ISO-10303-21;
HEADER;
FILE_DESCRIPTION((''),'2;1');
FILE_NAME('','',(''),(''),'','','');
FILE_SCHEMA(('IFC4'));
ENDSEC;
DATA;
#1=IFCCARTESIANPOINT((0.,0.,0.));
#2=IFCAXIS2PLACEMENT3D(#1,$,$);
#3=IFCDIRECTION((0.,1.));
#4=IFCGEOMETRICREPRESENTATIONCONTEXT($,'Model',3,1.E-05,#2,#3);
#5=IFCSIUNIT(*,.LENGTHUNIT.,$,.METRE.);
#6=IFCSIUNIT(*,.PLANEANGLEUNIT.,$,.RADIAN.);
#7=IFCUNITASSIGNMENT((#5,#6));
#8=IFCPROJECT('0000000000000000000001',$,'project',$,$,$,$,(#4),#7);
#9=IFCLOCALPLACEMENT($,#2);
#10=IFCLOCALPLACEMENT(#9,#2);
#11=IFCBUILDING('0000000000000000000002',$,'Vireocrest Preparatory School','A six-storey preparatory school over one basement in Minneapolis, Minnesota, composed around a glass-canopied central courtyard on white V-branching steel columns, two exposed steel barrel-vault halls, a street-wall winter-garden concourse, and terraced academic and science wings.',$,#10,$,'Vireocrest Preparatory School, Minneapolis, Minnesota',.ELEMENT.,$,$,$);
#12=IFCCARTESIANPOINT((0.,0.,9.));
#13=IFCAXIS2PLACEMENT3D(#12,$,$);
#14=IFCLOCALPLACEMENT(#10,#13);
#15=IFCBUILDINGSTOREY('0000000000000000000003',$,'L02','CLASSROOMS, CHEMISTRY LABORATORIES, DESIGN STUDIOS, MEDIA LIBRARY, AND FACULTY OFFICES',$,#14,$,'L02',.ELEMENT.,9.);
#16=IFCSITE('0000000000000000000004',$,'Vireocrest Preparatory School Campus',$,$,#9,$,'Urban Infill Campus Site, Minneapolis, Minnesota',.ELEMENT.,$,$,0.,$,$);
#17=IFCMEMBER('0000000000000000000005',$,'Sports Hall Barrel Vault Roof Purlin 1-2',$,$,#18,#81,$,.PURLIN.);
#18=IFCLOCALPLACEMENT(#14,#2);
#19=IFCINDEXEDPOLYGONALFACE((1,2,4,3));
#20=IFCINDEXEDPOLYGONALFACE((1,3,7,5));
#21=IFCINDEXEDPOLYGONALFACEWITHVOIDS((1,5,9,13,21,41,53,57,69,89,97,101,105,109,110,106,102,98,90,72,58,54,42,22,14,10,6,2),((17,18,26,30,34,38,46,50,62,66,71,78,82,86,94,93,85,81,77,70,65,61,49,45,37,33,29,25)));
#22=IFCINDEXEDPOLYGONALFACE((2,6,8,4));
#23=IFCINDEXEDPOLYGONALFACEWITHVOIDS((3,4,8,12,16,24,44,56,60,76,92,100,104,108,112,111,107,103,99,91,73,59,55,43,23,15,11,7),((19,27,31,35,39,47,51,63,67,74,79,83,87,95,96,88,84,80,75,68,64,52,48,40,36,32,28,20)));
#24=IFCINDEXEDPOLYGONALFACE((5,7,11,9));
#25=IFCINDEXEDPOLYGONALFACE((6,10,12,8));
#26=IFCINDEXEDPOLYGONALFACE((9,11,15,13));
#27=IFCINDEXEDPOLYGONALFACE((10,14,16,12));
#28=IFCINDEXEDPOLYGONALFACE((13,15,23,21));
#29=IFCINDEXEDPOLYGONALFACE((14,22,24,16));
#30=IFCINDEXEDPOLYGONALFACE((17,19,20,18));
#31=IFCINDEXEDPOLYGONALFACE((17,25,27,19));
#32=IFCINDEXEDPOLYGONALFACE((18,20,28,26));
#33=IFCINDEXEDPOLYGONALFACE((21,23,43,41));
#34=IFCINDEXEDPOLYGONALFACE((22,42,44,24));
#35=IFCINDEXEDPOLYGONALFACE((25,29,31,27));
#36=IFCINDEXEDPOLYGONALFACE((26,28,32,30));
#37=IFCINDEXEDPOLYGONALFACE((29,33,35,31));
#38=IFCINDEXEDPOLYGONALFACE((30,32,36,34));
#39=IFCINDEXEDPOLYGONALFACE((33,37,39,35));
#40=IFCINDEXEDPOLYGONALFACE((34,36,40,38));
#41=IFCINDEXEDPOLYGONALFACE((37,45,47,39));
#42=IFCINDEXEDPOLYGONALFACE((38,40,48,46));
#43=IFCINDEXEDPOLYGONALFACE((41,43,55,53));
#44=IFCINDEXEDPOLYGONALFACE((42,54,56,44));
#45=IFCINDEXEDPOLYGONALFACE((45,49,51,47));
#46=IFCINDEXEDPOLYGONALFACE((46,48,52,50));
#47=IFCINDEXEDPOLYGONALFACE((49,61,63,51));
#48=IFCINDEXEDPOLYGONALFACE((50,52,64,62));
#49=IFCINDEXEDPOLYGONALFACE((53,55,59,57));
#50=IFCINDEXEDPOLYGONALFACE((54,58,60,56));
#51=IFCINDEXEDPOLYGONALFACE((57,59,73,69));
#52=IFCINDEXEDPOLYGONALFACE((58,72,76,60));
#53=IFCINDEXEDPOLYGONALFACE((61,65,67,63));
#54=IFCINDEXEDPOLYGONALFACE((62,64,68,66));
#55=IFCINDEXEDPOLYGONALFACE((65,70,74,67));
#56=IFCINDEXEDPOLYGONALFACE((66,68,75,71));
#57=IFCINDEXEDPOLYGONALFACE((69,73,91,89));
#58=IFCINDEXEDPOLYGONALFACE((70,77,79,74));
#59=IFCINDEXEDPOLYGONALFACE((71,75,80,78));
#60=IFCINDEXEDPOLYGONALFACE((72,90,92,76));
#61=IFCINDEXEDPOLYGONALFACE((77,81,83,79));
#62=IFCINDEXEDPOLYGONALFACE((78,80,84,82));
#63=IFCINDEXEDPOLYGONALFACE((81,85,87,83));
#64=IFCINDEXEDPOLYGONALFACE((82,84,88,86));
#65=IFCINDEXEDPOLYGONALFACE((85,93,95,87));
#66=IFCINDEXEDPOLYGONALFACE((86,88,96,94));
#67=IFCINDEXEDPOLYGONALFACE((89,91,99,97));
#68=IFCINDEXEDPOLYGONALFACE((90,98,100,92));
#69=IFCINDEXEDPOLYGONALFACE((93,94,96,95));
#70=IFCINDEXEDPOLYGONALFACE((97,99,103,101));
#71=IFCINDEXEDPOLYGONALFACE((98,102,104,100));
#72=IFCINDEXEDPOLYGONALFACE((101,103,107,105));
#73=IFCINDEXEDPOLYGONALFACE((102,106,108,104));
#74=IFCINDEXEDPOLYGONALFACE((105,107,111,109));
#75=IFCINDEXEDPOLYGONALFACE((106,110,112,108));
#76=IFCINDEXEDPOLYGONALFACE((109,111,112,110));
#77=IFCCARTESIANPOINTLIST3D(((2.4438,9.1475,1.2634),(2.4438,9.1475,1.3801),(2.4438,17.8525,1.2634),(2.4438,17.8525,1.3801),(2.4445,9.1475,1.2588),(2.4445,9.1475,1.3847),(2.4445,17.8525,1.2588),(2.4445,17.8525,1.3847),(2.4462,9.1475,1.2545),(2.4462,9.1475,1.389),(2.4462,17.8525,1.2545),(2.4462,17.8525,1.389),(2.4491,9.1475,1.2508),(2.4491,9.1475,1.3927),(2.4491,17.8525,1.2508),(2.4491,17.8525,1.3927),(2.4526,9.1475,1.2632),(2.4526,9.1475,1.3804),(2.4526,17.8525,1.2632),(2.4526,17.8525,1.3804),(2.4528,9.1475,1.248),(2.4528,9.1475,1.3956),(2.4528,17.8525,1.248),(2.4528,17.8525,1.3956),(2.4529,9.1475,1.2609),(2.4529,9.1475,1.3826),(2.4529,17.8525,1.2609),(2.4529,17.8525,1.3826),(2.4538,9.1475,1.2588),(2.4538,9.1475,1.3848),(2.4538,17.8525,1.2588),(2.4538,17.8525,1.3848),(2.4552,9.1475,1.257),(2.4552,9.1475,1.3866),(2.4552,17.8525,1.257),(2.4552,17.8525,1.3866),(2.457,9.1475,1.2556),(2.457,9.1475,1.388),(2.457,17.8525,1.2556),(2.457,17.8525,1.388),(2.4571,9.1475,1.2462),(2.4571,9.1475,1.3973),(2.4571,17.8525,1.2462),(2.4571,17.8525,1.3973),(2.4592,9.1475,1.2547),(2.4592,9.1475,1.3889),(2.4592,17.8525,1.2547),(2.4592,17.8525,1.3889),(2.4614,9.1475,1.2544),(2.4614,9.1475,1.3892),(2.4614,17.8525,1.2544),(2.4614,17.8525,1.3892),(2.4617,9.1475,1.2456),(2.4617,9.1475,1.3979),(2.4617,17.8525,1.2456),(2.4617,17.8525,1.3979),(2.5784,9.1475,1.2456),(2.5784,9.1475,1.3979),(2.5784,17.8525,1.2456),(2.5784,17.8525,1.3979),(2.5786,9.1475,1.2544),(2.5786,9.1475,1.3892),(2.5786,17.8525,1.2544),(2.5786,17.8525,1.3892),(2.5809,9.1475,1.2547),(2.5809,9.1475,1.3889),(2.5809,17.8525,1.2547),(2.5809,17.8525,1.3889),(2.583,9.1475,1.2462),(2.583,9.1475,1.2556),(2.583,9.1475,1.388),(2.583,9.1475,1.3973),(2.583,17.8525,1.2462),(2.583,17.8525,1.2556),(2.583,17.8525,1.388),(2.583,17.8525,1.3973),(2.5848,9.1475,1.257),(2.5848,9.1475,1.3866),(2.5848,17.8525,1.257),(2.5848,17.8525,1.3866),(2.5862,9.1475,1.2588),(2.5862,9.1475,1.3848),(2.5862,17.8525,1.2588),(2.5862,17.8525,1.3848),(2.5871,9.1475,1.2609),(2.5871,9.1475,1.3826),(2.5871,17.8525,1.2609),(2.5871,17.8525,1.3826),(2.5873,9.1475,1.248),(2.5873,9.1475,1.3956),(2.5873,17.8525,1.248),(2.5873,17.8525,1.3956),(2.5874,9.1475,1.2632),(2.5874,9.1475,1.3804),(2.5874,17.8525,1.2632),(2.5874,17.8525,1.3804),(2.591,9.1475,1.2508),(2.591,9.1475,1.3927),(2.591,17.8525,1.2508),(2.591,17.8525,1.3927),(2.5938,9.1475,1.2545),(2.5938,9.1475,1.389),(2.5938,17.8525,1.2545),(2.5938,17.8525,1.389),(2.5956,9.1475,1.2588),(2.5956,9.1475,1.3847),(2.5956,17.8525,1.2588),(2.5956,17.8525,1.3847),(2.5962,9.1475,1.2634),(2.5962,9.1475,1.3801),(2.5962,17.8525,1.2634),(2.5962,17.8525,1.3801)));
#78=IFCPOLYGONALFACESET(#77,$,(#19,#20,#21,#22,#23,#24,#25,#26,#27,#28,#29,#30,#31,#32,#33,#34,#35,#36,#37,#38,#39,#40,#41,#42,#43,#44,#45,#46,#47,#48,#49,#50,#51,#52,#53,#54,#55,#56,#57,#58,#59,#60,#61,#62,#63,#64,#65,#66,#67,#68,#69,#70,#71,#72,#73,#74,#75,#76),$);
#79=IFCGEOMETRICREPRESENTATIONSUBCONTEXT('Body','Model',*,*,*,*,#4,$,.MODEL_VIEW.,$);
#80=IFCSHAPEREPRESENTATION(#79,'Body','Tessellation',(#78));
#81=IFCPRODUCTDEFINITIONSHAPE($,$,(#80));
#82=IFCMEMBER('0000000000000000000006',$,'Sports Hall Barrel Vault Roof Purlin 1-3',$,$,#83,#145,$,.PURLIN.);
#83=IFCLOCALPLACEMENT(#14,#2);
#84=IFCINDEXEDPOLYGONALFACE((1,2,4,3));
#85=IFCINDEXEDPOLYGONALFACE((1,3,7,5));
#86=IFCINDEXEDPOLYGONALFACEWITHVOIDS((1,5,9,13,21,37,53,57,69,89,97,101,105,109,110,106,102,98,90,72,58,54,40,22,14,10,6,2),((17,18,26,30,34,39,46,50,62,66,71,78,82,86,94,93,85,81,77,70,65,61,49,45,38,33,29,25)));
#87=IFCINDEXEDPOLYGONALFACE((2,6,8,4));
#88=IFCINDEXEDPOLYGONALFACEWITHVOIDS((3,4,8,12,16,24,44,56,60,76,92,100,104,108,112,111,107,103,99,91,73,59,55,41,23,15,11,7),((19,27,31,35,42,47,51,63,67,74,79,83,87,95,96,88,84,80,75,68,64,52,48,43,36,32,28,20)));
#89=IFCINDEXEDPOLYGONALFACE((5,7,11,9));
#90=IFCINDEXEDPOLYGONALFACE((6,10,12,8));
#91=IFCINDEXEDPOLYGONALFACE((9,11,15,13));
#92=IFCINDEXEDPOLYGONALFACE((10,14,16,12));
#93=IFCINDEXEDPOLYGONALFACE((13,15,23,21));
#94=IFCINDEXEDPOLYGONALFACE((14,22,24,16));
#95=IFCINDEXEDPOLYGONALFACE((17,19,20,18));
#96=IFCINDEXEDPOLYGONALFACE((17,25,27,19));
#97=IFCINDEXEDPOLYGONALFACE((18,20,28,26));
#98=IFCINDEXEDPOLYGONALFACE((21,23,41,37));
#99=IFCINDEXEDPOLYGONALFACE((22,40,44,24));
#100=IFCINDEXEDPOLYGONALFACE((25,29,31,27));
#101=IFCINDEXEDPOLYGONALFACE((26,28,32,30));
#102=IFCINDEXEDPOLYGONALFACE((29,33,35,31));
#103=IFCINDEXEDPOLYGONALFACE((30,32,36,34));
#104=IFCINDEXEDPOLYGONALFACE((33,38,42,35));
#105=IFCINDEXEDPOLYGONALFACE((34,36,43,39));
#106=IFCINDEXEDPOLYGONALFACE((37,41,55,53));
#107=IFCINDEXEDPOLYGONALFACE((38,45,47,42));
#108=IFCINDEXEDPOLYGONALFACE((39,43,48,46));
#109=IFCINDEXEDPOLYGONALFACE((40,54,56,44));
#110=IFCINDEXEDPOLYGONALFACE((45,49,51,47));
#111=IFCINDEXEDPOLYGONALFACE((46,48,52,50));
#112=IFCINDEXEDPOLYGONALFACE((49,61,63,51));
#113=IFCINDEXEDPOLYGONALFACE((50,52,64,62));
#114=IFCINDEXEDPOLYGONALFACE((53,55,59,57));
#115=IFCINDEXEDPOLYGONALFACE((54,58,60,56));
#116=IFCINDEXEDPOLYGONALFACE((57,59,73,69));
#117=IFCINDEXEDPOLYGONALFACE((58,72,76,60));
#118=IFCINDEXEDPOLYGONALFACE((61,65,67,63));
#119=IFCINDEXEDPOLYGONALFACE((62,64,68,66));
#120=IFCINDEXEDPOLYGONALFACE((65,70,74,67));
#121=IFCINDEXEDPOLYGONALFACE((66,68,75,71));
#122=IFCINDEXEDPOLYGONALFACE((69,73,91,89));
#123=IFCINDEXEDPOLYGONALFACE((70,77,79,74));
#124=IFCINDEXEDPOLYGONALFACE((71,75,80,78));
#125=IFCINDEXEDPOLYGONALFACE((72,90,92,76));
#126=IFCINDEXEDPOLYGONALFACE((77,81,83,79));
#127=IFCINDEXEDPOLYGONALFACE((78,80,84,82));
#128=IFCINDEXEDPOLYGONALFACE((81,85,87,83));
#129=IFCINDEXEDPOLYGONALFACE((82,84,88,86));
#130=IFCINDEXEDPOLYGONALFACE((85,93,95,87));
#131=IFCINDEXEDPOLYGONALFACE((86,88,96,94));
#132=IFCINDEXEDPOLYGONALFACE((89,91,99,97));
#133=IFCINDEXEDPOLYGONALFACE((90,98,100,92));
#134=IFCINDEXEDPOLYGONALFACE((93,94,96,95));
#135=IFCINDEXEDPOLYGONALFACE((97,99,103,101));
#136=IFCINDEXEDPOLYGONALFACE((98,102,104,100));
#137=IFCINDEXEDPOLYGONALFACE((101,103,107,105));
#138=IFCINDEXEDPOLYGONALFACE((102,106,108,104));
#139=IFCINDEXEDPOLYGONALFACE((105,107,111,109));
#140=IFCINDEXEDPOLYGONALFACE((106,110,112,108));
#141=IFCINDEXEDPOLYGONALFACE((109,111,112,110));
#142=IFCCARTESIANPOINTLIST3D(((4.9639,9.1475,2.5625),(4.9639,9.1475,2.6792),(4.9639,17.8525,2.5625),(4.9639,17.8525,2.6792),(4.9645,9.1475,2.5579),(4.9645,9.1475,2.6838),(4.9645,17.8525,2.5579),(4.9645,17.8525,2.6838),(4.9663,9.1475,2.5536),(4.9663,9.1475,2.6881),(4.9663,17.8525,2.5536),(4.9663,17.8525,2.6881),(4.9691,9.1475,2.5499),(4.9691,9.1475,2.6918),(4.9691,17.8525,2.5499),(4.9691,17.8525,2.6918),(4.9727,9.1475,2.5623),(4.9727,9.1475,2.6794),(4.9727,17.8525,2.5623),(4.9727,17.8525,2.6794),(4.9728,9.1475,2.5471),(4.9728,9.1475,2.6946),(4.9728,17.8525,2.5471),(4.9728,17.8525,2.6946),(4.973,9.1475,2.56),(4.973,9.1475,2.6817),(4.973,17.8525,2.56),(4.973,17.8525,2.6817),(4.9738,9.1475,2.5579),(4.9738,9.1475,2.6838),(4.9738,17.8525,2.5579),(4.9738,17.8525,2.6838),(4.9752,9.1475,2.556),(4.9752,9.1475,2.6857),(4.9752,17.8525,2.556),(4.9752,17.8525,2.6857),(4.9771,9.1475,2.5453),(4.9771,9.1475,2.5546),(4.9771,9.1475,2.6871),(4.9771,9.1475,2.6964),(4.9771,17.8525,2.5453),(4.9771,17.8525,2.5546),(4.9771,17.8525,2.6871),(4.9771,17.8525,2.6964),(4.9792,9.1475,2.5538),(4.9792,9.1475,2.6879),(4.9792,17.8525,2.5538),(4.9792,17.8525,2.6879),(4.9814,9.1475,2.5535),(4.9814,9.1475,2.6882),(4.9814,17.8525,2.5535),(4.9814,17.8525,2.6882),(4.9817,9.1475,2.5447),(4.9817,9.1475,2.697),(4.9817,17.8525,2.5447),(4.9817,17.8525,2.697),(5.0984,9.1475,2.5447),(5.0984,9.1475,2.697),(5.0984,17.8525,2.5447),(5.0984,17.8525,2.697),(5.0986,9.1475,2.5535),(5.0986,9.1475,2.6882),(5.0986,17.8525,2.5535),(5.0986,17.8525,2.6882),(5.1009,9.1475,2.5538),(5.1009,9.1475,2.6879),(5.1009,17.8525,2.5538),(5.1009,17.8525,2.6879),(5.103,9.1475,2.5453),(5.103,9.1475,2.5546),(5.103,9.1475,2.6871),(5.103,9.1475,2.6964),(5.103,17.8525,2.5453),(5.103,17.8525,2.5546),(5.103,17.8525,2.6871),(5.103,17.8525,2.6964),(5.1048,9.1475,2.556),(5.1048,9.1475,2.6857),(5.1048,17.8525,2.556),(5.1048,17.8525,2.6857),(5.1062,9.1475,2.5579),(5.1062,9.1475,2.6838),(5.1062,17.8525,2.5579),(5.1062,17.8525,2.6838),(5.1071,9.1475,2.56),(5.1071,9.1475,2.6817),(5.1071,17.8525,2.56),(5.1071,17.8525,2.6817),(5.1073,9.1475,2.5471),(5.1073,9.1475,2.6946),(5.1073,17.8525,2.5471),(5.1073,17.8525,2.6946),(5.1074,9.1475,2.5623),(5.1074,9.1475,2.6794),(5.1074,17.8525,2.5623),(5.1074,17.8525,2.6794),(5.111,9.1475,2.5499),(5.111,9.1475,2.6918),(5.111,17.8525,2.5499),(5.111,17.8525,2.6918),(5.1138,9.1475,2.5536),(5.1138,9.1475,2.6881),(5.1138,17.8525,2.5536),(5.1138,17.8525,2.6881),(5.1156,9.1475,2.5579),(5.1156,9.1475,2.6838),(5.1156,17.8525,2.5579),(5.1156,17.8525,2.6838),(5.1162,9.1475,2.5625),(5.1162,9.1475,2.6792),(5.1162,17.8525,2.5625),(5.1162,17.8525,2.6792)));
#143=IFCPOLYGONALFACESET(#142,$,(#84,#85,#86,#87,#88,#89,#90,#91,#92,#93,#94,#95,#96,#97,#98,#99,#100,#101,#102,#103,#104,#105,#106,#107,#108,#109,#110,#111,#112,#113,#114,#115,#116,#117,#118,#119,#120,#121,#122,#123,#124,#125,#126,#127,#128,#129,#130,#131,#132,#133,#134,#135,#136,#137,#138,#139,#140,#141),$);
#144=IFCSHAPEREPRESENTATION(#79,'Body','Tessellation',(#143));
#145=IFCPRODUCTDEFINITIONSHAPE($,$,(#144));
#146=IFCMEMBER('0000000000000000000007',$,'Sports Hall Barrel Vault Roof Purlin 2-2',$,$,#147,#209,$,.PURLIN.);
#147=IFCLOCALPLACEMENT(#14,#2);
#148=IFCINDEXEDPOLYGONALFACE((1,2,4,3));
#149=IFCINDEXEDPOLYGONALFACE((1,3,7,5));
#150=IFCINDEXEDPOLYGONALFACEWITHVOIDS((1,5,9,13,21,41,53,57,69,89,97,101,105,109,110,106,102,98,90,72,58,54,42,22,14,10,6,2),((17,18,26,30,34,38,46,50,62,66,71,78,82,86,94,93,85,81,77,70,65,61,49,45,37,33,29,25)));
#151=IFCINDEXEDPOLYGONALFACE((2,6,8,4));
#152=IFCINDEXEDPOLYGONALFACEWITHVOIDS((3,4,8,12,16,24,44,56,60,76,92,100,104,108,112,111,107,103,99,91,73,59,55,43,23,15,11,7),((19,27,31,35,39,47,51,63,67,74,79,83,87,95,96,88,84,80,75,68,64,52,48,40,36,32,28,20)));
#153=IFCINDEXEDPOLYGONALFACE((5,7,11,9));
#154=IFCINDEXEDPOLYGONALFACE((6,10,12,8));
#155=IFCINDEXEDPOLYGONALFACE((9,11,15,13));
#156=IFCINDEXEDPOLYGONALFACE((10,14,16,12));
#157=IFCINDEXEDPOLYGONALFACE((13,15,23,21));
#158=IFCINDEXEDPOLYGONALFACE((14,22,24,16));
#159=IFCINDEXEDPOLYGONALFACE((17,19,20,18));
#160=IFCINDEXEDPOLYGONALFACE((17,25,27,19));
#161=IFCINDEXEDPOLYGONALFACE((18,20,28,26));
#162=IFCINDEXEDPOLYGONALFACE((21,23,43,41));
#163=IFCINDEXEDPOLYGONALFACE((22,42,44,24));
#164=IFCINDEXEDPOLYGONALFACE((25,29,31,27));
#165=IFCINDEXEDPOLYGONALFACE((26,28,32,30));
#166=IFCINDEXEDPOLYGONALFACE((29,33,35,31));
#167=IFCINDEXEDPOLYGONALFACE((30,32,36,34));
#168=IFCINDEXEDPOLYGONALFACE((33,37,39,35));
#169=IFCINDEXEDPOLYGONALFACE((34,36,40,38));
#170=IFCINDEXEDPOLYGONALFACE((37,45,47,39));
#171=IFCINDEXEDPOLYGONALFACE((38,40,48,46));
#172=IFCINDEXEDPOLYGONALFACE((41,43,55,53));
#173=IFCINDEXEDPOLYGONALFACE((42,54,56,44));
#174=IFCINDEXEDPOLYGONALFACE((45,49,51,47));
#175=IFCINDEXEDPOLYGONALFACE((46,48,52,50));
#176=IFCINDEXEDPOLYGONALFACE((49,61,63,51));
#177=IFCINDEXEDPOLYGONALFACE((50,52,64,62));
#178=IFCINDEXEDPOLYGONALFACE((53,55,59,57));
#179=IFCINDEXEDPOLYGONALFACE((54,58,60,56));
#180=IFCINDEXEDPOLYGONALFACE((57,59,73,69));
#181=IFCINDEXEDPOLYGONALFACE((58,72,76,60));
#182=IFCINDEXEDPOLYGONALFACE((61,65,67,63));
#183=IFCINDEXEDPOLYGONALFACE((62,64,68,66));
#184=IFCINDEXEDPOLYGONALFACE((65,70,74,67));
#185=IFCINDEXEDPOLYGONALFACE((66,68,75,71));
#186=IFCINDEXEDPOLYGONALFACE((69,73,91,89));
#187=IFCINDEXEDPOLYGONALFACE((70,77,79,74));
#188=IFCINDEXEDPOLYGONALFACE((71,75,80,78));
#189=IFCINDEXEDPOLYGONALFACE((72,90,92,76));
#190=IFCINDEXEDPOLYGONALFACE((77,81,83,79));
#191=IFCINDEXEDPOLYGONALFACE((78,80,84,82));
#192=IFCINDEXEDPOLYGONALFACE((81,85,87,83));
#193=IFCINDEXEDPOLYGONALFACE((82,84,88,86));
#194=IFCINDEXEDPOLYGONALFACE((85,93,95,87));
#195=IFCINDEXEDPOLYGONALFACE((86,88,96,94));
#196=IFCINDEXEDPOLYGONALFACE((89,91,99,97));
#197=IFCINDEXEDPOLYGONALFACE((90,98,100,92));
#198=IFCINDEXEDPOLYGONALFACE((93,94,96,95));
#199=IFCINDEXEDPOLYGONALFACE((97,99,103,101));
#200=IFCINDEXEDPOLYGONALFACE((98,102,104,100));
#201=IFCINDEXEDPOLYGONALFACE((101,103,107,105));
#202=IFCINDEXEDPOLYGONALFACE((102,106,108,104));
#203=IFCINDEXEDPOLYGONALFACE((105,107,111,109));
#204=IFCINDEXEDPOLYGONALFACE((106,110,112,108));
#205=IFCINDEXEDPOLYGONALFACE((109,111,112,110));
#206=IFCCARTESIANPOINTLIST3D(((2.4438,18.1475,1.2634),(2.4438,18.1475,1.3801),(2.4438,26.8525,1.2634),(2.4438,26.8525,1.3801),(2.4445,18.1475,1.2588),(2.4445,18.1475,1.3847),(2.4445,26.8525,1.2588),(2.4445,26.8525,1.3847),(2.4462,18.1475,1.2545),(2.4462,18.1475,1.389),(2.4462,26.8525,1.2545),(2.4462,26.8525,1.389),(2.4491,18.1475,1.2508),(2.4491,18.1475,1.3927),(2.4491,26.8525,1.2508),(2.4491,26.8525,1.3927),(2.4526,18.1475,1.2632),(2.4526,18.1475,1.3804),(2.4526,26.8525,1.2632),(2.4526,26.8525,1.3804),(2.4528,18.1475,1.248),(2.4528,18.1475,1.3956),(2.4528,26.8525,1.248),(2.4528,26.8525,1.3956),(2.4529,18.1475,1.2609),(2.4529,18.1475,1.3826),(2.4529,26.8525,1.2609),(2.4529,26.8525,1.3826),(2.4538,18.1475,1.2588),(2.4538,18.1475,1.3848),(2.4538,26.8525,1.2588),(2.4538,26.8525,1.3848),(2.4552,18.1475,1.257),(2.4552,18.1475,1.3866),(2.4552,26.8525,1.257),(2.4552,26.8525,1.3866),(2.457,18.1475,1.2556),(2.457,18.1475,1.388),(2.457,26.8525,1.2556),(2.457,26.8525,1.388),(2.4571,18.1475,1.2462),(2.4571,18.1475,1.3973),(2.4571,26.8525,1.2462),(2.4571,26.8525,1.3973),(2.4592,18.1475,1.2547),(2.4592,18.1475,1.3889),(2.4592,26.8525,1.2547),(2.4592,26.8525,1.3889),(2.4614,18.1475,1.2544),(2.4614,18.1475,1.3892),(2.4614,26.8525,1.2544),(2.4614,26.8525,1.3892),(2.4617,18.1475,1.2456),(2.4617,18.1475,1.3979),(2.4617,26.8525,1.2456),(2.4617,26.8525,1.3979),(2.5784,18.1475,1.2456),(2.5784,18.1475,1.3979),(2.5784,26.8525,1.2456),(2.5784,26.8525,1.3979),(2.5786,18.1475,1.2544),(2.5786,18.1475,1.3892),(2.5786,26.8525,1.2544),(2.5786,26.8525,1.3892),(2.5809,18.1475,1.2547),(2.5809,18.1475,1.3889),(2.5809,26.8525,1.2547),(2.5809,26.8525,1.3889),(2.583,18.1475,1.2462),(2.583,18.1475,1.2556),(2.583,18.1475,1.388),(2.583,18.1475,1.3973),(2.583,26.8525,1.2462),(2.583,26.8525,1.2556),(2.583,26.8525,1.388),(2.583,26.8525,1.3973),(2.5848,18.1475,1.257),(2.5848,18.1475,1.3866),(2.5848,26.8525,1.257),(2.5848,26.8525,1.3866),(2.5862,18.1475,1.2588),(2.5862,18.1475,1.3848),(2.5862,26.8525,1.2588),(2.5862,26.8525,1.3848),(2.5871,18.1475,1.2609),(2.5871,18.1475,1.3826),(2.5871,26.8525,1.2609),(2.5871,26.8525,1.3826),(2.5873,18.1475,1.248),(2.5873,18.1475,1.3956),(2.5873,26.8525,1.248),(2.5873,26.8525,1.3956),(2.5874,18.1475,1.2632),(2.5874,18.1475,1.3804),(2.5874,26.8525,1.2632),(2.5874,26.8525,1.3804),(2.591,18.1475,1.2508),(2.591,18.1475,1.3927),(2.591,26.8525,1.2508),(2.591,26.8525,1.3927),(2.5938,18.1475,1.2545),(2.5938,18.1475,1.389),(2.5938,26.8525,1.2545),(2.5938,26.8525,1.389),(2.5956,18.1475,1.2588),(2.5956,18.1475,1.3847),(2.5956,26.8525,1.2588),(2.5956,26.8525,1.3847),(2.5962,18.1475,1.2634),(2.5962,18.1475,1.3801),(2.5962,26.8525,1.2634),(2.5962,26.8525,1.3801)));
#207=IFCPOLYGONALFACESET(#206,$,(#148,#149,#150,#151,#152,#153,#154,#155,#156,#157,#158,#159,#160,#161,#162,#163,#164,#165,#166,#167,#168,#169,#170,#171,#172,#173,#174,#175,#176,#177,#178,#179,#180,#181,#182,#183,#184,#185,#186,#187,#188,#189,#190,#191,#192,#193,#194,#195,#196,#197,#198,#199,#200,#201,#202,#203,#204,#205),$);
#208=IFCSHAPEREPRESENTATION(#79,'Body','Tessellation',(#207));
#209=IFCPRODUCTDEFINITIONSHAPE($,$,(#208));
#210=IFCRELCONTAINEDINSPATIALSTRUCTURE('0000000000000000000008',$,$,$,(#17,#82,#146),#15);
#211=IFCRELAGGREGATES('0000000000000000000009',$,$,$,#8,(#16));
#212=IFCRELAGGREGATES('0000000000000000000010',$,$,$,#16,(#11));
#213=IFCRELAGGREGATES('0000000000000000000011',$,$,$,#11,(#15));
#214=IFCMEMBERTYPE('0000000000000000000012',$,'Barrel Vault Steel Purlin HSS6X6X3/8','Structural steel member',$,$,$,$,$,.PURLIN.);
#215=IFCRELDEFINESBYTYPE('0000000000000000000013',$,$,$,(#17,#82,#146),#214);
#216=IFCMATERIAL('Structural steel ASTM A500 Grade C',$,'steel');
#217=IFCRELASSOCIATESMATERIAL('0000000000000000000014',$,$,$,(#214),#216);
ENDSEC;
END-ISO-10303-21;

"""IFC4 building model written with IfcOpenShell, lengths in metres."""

from ifc_helpers import new_model, si_unit, direction, frame, origin, origin_2d, place, context, subcontext, project, spatial, hollow_rectangle, extrude, material, material_profile, profile_set, type_object, element, save


model = new_model("IFC4")

# Units and contexts
model_context = context("Model", 3, precision=1e-05, world=origin(), true_north=direction((0.0, 1.0)))
body_context = subcontext(model_context, "Body", "Model", "MODEL_VIEW")
ifc_project = project(units=[si_unit("LENGTHUNIT", "METRE"), si_unit("PLANEANGLEUNIT", "RADIAN")], contexts=[model_context])

# Site, building, storey
site_placement = place(None, origin())
site = spatial("IfcSite", under=ifc_project, at=site_placement, Name="Vireocrest Preparatory School Campus", LongName="Urban Infill Campus Site, Minneapolis, Minnesota", CompositionType="ELEMENT", RefElevation=0.0)
building_placement = place(site_placement, origin())
building = spatial("IfcBuilding", under=site, at=building_placement, Name="Vireocrest Preparatory School", Description="A six-storey preparatory school over one basement in Minneapolis, Minnesota, composed around a glass-canopied central courtyard on white V-branching steel columns, two exposed steel barrel-vault halls, a street-wall winter-garden concourse, and terraced academic and science wings.", LongName="Vireocrest Preparatory School, Minneapolis, Minnesota", CompositionType="ELEMENT")
storey_placement = place(building_placement, frame((0.0, 0.0, 9.0)))
storey = spatial("IfcBuildingStorey", under=building, at=storey_placement, Name="L02", Description="CLASSROOMS, CHEMISTRY LABORATORIES, DESIGN STUDIOS, MEDIA LIBRARY, AND FACULTY OFFICES", LongName="L02", CompositionType="ELEMENT", Elevation=9.0)

# Members
ifc_material_1 = material(Name="Structural steel ASTM A500 Grade C", Category="steel")
ifc_material_profile_1 = material_profile(ifc_material_1, hollow_rectangle(XDim=0.1523, YDim=0.1523, WallThickness=0.0088, InnerFilletRadius=0.0088, OuterFilletRadius=0.0178, at=origin_2d()), Name="HSS6X6X3/8")
ifc_profile_set_1 = profile_set([ifc_material_profile_1], Name="Structural steel ASTM A500 Grade C")
member_type_1 = type_object("IfcMemberType", Name="Barrel Vault Steel Purlin HSS6X6X3/8", Description="Structural steel member", PredefinedType="PURLIN", material=ifc_profile_set_1)
for number, where, z_axis, x_axis, name in (
    (1, (2.52, 9.1475, 1.3218), (0.0, 1.0, 0.0), (-1.0, 0.0, 0.0), "Sports Hall Barrel Vault Roof Purlin 1-2"),
    (2, (5.04, 9.1475, 2.6208), (0.0, 1.0, 0.0), (-1.0, 0.0, 0.0), "Sports Hall Barrel Vault Roof Purlin 1-3"),
    (3, (2.52, 18.1475, 1.3218), (0.0, 1.0, 0.0), (-1.0, 0.0, 0.0), "Sports Hall Barrel Vault Roof Purlin 2-2"),
):
    element("IfcMember", number, at=place(storey_placement, frame(where, z_axis=z_axis, x_axis=x_axis)), inside=storey, type_object=member_type_1, Name=name, PredefinedType="PURLIN", context=body_context, shape_type="SweptSolid", body=[
        extrude(hollow_rectangle(XDim=0.1523, YDim=0.1523, WallThickness=0.0088, InnerFilletRadius=0.0088, OuterFilletRadius=0.0178, at=origin_2d()), origin(), (0.0, 0.0, 1.0), 8.7051),
    ])

save(model, "model.ifc")
